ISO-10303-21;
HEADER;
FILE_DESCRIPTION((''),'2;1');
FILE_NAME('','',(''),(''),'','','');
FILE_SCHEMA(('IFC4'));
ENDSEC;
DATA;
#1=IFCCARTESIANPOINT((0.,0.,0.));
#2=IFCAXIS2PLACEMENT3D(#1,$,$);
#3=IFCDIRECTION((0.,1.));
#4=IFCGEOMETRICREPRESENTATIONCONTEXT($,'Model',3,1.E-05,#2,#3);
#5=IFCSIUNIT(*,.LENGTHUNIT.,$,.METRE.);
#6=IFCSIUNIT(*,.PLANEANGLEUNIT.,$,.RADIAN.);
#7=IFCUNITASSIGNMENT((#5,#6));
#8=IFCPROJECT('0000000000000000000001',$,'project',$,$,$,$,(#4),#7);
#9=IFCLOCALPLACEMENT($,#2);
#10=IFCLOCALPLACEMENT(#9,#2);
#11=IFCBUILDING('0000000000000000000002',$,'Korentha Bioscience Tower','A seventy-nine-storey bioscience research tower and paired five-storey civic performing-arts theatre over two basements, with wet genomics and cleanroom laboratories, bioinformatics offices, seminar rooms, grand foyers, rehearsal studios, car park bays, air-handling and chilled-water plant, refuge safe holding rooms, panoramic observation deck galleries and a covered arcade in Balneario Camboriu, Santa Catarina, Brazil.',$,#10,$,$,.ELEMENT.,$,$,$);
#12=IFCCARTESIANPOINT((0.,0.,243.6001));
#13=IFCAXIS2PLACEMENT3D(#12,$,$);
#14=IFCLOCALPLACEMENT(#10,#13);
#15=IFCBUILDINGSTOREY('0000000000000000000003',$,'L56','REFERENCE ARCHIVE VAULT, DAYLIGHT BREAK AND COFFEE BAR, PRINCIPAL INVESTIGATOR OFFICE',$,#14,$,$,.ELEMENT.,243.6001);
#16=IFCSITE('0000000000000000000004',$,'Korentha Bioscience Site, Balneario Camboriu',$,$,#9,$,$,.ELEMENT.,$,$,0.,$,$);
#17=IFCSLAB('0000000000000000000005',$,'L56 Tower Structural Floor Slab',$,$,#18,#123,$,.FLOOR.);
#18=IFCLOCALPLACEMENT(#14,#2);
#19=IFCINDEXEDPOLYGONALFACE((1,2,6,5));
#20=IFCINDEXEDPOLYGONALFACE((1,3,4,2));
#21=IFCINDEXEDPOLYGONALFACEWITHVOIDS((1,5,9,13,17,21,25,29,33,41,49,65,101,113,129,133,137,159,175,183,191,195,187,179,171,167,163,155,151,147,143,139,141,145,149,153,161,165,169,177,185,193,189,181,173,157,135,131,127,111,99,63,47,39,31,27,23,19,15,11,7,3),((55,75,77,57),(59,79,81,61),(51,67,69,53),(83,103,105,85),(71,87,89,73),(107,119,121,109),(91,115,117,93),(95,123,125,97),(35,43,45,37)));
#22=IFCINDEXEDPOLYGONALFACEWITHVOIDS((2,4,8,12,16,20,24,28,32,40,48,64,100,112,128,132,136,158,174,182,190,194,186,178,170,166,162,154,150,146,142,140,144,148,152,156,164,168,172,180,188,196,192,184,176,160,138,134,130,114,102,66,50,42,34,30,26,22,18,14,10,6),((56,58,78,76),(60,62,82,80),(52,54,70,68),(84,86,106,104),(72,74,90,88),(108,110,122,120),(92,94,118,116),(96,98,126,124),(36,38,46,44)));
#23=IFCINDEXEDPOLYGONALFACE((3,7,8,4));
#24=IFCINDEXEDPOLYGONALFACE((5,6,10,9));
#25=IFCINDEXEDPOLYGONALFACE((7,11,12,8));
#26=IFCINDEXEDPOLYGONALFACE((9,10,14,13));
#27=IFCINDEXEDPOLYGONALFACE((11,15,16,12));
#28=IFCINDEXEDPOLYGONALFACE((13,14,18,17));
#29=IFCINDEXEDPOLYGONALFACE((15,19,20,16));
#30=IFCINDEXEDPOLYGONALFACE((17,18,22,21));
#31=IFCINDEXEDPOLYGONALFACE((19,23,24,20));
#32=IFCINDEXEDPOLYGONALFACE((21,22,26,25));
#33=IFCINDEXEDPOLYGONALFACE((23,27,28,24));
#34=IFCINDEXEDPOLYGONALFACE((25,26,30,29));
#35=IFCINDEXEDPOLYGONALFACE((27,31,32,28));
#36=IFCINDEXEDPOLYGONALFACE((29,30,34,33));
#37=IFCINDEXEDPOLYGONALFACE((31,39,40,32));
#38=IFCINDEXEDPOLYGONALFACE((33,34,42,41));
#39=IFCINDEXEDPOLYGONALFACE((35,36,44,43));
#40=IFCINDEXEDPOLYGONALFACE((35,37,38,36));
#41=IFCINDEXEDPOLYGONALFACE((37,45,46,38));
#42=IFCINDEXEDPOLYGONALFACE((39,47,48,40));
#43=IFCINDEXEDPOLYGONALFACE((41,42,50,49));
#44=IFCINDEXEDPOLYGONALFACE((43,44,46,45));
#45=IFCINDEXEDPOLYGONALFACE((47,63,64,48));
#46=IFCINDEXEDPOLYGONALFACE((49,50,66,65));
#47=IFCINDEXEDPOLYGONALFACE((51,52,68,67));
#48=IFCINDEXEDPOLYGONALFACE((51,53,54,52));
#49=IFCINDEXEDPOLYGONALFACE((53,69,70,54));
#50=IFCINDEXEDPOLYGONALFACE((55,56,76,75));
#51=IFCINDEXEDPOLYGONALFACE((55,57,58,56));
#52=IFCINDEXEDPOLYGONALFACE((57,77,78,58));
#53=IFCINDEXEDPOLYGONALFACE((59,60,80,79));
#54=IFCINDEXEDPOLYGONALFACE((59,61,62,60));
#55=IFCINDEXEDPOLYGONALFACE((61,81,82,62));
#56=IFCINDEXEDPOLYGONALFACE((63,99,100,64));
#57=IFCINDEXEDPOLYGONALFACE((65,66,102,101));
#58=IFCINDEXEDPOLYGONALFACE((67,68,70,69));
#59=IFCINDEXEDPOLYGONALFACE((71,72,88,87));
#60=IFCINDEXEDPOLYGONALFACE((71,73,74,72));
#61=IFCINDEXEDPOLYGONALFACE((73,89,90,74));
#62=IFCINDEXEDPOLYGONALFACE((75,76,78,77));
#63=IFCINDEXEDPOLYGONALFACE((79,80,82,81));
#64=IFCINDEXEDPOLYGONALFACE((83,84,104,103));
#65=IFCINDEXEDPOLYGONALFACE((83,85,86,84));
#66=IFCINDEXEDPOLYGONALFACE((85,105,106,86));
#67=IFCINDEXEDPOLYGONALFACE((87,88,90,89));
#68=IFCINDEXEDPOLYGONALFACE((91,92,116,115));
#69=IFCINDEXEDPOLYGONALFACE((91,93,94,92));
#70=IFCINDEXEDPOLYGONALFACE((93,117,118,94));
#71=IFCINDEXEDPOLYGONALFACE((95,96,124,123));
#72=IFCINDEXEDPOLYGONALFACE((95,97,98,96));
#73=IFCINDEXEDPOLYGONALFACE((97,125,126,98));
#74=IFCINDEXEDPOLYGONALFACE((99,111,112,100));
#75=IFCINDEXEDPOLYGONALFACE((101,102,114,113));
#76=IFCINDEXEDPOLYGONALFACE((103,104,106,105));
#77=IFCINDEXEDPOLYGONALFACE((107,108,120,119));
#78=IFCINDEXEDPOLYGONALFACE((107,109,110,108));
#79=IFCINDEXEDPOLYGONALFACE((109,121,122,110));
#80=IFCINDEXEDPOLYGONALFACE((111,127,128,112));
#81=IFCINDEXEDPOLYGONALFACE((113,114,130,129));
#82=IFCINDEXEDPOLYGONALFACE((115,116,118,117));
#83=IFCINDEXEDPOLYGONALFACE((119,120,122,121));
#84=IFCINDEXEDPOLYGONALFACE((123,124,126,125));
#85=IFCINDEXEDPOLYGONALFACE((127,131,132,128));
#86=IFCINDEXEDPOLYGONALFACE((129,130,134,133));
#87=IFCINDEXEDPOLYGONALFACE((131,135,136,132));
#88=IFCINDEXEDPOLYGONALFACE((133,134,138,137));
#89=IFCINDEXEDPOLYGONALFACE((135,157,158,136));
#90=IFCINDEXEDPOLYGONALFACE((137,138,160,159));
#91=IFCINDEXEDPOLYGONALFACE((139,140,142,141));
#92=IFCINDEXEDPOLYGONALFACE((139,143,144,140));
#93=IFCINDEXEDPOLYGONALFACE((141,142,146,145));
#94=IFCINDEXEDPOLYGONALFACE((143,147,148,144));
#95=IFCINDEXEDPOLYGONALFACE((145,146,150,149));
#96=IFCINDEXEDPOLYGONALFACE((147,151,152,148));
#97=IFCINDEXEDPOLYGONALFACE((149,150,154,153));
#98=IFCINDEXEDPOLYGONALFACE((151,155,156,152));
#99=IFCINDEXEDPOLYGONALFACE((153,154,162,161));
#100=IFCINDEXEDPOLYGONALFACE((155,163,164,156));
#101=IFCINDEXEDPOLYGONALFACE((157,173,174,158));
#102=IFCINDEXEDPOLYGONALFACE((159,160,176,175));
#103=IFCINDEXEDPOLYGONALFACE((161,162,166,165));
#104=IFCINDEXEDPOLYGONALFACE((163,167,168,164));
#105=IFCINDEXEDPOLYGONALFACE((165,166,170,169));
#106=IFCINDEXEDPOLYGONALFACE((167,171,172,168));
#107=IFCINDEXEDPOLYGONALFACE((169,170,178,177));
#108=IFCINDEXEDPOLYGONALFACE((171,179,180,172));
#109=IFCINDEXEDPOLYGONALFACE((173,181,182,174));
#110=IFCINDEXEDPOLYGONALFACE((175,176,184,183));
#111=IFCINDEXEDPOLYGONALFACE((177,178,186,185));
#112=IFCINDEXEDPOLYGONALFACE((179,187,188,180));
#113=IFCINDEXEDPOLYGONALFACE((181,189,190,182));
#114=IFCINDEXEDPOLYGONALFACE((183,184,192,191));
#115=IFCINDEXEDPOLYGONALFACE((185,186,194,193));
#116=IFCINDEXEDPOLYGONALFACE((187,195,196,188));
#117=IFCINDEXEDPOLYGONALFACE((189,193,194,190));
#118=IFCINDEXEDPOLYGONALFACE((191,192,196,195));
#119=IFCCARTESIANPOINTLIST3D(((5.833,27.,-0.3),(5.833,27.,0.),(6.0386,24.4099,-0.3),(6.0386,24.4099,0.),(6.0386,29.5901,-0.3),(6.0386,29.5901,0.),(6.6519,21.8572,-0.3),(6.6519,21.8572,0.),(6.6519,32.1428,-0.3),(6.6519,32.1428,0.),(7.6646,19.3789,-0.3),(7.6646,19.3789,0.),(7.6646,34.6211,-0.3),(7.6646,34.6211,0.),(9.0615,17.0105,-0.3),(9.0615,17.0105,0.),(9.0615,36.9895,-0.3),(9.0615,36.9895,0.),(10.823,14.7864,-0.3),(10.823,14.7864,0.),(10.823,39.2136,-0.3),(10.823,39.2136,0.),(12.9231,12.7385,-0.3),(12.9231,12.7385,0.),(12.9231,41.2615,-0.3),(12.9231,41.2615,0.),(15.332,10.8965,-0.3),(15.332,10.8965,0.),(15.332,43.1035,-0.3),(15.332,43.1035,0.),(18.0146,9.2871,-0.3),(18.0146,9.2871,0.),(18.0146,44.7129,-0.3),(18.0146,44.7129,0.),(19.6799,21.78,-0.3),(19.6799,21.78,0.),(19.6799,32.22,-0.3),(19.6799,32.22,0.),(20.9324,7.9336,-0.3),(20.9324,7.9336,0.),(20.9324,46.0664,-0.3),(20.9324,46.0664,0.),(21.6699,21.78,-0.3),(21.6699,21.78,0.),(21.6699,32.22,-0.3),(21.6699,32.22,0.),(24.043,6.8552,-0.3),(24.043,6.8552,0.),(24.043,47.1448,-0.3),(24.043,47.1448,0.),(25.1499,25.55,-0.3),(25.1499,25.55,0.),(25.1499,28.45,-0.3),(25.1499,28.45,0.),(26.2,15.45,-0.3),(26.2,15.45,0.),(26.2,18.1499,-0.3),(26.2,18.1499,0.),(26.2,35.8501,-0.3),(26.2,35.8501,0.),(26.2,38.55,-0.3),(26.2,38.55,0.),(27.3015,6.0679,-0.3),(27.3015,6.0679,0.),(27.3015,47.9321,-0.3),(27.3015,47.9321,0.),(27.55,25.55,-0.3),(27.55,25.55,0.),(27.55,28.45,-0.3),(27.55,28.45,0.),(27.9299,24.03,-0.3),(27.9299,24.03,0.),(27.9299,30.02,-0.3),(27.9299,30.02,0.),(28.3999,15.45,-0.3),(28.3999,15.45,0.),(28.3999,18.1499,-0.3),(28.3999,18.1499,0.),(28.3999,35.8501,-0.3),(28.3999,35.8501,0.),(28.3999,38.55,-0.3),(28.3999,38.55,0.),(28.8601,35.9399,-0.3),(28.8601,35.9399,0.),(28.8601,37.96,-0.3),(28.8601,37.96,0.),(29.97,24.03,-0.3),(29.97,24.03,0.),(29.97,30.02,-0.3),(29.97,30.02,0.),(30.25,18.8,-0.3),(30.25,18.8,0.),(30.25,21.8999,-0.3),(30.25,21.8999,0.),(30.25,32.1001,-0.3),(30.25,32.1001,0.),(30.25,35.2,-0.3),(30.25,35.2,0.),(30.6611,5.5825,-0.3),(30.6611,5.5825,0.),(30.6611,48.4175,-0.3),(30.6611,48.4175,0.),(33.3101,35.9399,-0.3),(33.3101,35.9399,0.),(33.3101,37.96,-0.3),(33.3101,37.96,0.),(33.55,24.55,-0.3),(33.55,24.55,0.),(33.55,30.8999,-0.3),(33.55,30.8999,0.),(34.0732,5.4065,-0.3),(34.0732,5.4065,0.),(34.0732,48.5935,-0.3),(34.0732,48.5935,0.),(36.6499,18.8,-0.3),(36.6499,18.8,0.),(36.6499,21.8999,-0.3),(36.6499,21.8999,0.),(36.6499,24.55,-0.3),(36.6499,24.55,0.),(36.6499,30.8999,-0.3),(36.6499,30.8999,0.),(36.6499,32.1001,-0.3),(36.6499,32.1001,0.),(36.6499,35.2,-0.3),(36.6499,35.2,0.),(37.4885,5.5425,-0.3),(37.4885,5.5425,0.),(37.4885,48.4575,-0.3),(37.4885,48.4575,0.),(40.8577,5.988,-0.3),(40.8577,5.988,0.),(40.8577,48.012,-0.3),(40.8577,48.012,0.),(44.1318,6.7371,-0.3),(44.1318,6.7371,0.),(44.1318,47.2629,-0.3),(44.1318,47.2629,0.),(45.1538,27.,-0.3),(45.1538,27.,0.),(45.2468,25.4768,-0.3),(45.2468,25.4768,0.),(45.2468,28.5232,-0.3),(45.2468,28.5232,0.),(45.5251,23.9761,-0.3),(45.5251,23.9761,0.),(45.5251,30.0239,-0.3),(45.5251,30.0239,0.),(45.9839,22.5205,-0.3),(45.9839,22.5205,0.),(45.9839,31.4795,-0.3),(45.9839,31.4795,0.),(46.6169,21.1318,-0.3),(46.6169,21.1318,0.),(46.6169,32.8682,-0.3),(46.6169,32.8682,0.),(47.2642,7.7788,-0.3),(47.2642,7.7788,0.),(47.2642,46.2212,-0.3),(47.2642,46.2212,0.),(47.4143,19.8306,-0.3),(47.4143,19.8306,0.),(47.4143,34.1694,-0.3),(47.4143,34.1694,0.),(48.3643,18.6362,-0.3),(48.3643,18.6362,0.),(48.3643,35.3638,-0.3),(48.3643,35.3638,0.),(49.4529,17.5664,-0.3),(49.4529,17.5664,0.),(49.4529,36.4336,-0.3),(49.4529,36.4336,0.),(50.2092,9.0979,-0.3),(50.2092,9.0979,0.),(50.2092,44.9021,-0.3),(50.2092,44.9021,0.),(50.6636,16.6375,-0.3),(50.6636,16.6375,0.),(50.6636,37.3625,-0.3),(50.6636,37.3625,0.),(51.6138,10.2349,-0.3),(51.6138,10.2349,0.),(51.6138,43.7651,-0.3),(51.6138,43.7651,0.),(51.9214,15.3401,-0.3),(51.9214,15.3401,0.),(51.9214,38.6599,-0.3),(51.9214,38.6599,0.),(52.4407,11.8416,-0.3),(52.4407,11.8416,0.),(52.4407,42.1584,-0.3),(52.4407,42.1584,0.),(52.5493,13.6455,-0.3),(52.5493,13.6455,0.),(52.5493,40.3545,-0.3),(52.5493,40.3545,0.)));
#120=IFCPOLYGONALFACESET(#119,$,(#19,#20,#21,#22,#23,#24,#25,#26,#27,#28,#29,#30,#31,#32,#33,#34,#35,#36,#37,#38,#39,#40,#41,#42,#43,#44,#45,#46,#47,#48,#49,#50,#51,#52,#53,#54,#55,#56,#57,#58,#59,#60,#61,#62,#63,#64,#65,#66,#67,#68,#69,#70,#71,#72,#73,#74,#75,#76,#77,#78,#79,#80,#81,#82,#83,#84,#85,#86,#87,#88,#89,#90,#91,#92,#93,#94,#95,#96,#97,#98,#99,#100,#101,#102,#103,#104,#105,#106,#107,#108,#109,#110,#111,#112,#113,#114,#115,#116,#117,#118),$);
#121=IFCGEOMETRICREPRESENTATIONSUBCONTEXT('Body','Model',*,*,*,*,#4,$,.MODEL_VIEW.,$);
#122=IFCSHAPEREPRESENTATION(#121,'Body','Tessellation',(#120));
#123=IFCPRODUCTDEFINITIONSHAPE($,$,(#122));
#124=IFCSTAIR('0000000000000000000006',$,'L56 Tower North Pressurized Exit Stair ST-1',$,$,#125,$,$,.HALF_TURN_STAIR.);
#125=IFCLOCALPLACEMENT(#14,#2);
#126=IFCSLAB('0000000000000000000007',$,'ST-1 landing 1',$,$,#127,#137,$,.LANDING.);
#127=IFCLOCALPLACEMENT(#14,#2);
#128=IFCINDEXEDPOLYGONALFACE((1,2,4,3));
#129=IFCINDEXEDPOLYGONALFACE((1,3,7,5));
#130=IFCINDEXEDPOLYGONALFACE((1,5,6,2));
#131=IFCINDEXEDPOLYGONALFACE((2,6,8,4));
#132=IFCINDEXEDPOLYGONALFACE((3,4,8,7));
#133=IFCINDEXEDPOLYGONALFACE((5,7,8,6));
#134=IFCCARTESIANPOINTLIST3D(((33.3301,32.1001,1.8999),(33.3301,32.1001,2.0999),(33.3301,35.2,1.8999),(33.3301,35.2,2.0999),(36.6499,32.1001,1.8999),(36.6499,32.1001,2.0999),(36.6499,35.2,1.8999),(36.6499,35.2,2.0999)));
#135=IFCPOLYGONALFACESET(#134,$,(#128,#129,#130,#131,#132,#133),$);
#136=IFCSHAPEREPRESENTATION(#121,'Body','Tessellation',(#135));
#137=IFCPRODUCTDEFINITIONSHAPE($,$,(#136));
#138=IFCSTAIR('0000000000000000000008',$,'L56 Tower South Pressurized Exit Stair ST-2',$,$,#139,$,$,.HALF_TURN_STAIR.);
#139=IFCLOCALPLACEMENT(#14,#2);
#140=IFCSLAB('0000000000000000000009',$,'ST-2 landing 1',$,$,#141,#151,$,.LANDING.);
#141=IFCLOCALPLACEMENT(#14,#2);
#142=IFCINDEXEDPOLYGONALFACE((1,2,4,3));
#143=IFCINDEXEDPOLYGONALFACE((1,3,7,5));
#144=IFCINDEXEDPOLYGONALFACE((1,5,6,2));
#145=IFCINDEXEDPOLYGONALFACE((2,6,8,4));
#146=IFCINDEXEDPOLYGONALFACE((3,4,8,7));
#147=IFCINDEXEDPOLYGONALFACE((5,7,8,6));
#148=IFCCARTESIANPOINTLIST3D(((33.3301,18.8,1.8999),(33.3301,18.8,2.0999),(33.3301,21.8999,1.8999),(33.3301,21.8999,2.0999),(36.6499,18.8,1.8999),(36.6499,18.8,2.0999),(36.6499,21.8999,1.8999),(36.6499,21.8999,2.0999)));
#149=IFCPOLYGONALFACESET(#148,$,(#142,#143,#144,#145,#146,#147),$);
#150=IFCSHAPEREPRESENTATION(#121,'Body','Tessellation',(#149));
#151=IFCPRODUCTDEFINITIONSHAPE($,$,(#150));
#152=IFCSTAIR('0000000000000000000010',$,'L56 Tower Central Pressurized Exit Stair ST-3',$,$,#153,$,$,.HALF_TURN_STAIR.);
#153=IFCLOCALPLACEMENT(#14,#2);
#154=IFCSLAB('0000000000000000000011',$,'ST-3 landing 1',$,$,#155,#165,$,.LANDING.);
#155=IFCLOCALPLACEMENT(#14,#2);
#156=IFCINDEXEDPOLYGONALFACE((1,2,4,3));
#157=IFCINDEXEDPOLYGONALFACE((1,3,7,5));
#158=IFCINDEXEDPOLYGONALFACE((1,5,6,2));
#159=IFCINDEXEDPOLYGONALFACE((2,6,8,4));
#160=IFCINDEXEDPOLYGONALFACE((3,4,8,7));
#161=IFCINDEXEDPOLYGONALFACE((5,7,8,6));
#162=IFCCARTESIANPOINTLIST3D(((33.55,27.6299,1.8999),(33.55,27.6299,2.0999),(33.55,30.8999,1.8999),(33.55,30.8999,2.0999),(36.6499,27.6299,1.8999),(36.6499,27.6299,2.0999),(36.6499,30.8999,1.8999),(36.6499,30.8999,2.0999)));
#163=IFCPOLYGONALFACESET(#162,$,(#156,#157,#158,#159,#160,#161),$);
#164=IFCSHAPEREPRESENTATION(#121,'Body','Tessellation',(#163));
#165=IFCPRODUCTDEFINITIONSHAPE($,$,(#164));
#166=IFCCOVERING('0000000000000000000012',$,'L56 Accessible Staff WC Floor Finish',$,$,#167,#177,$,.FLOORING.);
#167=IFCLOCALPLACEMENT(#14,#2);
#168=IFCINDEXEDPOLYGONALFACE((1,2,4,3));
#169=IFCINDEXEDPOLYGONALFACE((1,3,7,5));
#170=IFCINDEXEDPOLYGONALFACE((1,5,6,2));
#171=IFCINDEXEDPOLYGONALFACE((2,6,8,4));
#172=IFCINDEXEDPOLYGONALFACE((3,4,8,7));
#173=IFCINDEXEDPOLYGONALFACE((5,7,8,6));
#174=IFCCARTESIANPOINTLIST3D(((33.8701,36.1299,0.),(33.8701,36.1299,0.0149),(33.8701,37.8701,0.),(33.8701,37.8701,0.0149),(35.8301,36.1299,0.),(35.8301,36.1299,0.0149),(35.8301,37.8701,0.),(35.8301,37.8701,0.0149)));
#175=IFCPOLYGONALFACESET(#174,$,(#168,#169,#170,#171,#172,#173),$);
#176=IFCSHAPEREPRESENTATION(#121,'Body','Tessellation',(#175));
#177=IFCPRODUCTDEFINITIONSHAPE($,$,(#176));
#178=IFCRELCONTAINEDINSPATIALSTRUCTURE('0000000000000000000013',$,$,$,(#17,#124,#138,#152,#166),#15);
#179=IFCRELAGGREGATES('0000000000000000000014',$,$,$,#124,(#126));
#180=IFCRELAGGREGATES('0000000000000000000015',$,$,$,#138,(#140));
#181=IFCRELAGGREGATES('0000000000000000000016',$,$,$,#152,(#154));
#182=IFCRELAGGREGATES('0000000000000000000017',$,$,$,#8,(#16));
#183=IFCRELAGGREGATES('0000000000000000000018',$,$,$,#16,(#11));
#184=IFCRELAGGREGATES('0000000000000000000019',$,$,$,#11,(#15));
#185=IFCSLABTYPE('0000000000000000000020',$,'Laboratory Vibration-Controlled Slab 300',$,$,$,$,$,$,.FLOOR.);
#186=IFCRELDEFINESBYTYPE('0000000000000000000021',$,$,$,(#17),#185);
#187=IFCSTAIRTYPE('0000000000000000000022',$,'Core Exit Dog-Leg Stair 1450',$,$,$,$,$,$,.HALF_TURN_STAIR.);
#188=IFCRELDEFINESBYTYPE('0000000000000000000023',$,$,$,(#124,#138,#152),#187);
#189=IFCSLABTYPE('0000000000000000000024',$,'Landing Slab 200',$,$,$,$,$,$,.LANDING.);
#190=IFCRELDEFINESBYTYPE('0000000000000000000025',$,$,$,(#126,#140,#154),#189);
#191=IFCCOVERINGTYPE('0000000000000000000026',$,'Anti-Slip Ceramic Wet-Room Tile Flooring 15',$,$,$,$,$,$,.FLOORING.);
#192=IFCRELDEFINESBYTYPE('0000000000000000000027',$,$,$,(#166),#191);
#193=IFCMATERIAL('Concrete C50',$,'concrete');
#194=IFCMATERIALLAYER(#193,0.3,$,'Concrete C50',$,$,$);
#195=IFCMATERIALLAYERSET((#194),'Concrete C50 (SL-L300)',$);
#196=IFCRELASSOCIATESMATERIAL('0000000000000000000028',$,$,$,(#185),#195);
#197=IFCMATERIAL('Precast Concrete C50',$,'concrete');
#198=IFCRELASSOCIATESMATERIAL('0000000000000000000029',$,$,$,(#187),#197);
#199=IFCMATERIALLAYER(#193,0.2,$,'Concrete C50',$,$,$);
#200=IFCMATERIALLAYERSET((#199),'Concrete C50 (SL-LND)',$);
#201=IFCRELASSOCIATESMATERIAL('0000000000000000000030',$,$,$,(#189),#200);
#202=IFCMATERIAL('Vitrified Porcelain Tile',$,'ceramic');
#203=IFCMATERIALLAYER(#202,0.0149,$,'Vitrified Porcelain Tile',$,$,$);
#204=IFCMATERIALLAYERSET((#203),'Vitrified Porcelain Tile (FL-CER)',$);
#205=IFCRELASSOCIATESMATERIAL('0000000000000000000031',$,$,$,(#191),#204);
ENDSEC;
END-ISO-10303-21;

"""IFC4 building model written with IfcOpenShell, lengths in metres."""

from ifc_helpers import new_model, si_unit, direction, frame, origin, place, context, subcontext, project, spatial, polyline, outline, extrude, material, layer, layer_set, type_object, element, aggregate, save


model = new_model("IFC4")

# Units and contexts
model_context = context("Model", 3, precision=1e-05, world=origin(), true_north=direction((0.0, 1.0)))
body_context = subcontext(model_context, "Body", "Model", "MODEL_VIEW")
ifc_project = project(units=[si_unit("LENGTHUNIT", "METRE"), si_unit("PLANEANGLEUNIT", "RADIAN")], contexts=[model_context])

# Site, building, storey
site_placement = place(None, origin())
site = spatial("IfcSite", under=ifc_project, at=site_placement, Name="Korentha Bioscience Site, Balneario Camboriu", CompositionType="ELEMENT", RefElevation=0.0)
building_placement = place(site_placement, origin())
building = spatial("IfcBuilding", under=site, at=building_placement, Name="Korentha Bioscience Tower", Description="A seventy-nine-storey bioscience research tower and paired five-storey civic performing-arts theatre over two basements, with wet genomics and cleanroom laboratories, bioinformatics offices, seminar rooms, grand foyers, rehearsal studios, car park bays, air-handling and chilled-water plant, refuge safe holding rooms, panoramic observation deck galleries and a covered arcade in Balneario Camboriu, Santa Catarina, Brazil.", CompositionType="ELEMENT")
storey_placement = place(building_placement, frame((0.0, 0.0, 243.6001)))
storey = spatial("IfcBuildingStorey", under=building, at=storey_placement, Name="L56", Description="REFERENCE ARCHIVE VAULT, DAYLIGHT BREAK AND COFFEE BAR, PRINCIPAL INVESTIGATOR OFFICE", CompositionType="ELEMENT", Elevation=243.6001)

# Slab
ifc_material_1 = material(Name="Concrete C50", Category="concrete")
ifc_layer_1 = layer(ifc_material_1, 0.3, Name="Concrete C50")
ifc_layer_set_1 = layer_set([ifc_layer_1], Name="Concrete C50 (SL-L300)")
slab_type_1 = type_object("IfcSlabType", Name="Laboratory Vibration-Controlled Slab 300", PredefinedType="FLOOR", material=ifc_layer_set_1)
slab_1_placement = place(storey_placement, frame((0.0, 0.0, -0.3)))
element("IfcSlab", 1, at=slab_1_placement, inside=storey, type_object=slab_type_1, Name="L56 Tower Structural Floor Slab", PredefinedType="FLOOR", context=body_context, shape_type="SweptSolid", body=[
    extrude(outline(polyline([(50.2092, 44.9021), (47.2642, 46.2212), (44.1318, 47.2629), (40.8577, 48.012), (37.4885, 48.4575), (34.0732, 48.5935), (30.6611, 48.4175), (27.3015, 47.9321), (24.043, 47.1448), (20.9324, 46.0664), (18.0146, 44.7129), (15.332, 43.1035), (12.9231, 41.2615), (10.823, 39.2136), (9.0615, 36.9895), (7.6646, 34.6211), (6.6519, 32.1428), (6.0386, 29.5901), (5.833, 27.0), (6.0386, 24.4099), (6.6519, 21.8572), (7.6646, 19.3789), (9.0615, 17.0105), (10.823, 14.7864), (12.9231, 12.7385), (15.332, 10.8965), (18.0146, 9.2871), (20.9324, 7.9336), (24.043, 6.8552), (27.3015, 6.0679), (30.6611, 5.5825), (34.0732, 5.4065), (37.4885, 5.5425), (40.8577, 5.988), (44.1318, 6.7371), (47.2642, 7.7788), (50.2092, 9.0979), (51.6138, 10.2349), (52.4407, 11.8416), (52.5493, 13.6455), (51.9214, 15.3401), (50.6636, 16.6375), (49.4529, 17.5664), (48.3643, 18.6362), (47.4143, 19.8306), (46.6169, 21.1318), (45.9839, 22.5205), (45.5251, 23.9761), (45.2468, 25.4768), (45.1538, 27.0), (45.2468, 28.5232), (45.5251, 30.0239), (45.9839, 31.4795), (46.6169, 32.8682), (47.4143, 34.1694), (48.3643, 35.3638), (49.4529, 36.4336), (50.6636, 37.3625), (51.9214, 38.6599), (52.5493, 40.3545), (52.4407, 42.1584), (51.6138, 43.7651), (50.2092, 44.9021)]), holes=[polyline([(30.25, 32.1001), (36.6499, 32.1001), (36.6499, 35.2), (30.25, 35.2), (30.25, 32.1001)]), polyline([(30.25, 18.8), (36.6499, 18.8), (36.6499, 21.8999), (30.25, 21.8999), (30.25, 18.8)]), polyline([(36.6499, 24.55), (36.6499, 30.8999), (33.55, 30.8999), (33.55, 24.55), (36.6499, 24.55)]), polyline([(19.6799, 21.78), (21.6699, 21.78), (21.6699, 32.22), (19.6799, 32.22), (19.6799, 21.78)]), polyline([(27.9299, 24.03), (29.97, 24.03), (29.97, 30.02), (27.9299, 30.02), (27.9299, 24.03)]), polyline([(28.8601, 35.9399), (33.3101, 35.9399), (33.3101, 37.96), (28.8601, 37.96), (28.8601, 35.9399)]), polyline([(26.2, 15.45), (28.3999, 15.45), (28.3999, 18.1499), (26.2, 18.1499), (26.2, 15.45)]), polyline([(26.2, 35.8501), (28.3999, 35.8501), (28.3999, 38.55), (26.2, 38.55), (26.2, 35.8501)]), polyline([(25.1499, 25.55), (27.55, 25.55), (27.55, 28.45), (25.1499, 28.45), (25.1499, 25.55)])]), origin(), (0.0, 0.0, 1.0), 0.3),
])

# Stairs, slabs
ifc_material_2 = material(Name="Precast Concrete C50", Category="concrete")
stair_type = type_object("IfcStairType", Name="Core Exit Dog-Leg Stair 1450", PredefinedType="HALF_TURN_STAIR", material=ifc_material_2)
stair_1_placement = place(storey_placement, origin())
stair_1 = element("IfcStair", 2, at=stair_1_placement, inside=storey, type_object=stair_type, Name="L56 Tower North Pressurized Exit Stair ST-1", PredefinedType="HALF_TURN_STAIR")
ifc_layer_2 = layer(ifc_material_1, 0.2, Name="Concrete C50")
ifc_layer_set_2 = layer_set([ifc_layer_2], Name="Concrete C50 (SL-LND)")
slab_type_2 = type_object("IfcSlabType", Name="Landing Slab 200", PredefinedType="LANDING", material=ifc_layer_set_2)
slab_2_placement = place(storey_placement, frame((0.0, 0.0, 1.8999)))
slab_2 = element("IfcSlab", 3, at=slab_2_placement, type_object=slab_type_2, Name="ST-1 landing 1", PredefinedType="LANDING", context=body_context, shape_type="SweptSolid", body=[
    extrude(outline(polyline([(33.3301, 32.1001), (36.6499, 32.1001), (36.6499, 35.2), (33.3301, 35.2), (33.3301, 32.1001)])), origin(), (0.0, 0.0, 1.0), 0.2),
])
aggregate(stair_1, [slab_2])
stair_2_placement = place(storey_placement, origin())
stair_2 = element("IfcStair", 4, at=stair_2_placement, inside=storey, type_object=stair_type, Name="L56 Tower South Pressurized Exit Stair ST-2", PredefinedType="HALF_TURN_STAIR")
slab_3_placement = place(storey_placement, frame((0.0, 0.0, 1.8999)))
slab_3 = element("IfcSlab", 5, at=slab_3_placement, type_object=slab_type_2, Name="ST-2 landing 1", PredefinedType="LANDING", context=body_context, shape_type="SweptSolid", body=[
    extrude(outline(polyline([(33.3301, 18.8), (36.6499, 18.8), (36.6499, 21.8999), (33.3301, 21.8999), (33.3301, 18.8)])), origin(), (0.0, 0.0, 1.0), 0.2),
])
aggregate(stair_2, [slab_3])
stair_3_placement = place(storey_placement, origin())
stair_3 = element("IfcStair", 6, at=stair_3_placement, inside=storey, type_object=stair_type, Name="L56 Tower Central Pressurized Exit Stair ST-3", PredefinedType="HALF_TURN_STAIR")
slab_4_placement = place(storey_placement, frame((0.0, 0.0, 1.8999)))
slab_4 = element("IfcSlab", 7, at=slab_4_placement, type_object=slab_type_2, Name="ST-3 landing 1", PredefinedType="LANDING", context=body_context, shape_type="SweptSolid", body=[
    extrude(outline(polyline([(36.6499, 27.6299), (36.6499, 30.8999), (33.55, 30.8999), (33.55, 27.6299), (36.6499, 27.6299)])), origin(), (0.0, 0.0, 1.0), 0.2),
])
aggregate(stair_3, [slab_4])

# Covering
ifc_material_3 = material(Name="Vitrified Porcelain Tile", Category="ceramic")
ifc_layer_3 = layer(ifc_material_3, 0.0149, Name="Vitrified Porcelain Tile")
ifc_layer_set_3 = layer_set([ifc_layer_3], Name="Vitrified Porcelain Tile (FL-CER)")
covering_type_1 = type_object("IfcCoveringType", Name="Anti-Slip Ceramic Wet-Room Tile Flooring 15", PredefinedType="FLOORING", material=ifc_layer_set_3)
covering_1_placement = place(storey_placement, origin())
element("IfcCovering", 8, at=covering_1_placement, inside=storey, type_object=covering_type_1, Name="L56 Accessible Staff WC Floor Finish", PredefinedType="FLOORING", context=body_context, shape_type="SweptSolid", body=[
    extrude(outline(polyline([(33.8701, 36.1299), (33.8701, 37.8701), (35.8301, 37.8701), (35.8301, 36.1299), (33.8701, 36.1299)])), origin(), (0.0, 0.0, 1.0), 0.0149),
])

save(model, "model.ifc")
